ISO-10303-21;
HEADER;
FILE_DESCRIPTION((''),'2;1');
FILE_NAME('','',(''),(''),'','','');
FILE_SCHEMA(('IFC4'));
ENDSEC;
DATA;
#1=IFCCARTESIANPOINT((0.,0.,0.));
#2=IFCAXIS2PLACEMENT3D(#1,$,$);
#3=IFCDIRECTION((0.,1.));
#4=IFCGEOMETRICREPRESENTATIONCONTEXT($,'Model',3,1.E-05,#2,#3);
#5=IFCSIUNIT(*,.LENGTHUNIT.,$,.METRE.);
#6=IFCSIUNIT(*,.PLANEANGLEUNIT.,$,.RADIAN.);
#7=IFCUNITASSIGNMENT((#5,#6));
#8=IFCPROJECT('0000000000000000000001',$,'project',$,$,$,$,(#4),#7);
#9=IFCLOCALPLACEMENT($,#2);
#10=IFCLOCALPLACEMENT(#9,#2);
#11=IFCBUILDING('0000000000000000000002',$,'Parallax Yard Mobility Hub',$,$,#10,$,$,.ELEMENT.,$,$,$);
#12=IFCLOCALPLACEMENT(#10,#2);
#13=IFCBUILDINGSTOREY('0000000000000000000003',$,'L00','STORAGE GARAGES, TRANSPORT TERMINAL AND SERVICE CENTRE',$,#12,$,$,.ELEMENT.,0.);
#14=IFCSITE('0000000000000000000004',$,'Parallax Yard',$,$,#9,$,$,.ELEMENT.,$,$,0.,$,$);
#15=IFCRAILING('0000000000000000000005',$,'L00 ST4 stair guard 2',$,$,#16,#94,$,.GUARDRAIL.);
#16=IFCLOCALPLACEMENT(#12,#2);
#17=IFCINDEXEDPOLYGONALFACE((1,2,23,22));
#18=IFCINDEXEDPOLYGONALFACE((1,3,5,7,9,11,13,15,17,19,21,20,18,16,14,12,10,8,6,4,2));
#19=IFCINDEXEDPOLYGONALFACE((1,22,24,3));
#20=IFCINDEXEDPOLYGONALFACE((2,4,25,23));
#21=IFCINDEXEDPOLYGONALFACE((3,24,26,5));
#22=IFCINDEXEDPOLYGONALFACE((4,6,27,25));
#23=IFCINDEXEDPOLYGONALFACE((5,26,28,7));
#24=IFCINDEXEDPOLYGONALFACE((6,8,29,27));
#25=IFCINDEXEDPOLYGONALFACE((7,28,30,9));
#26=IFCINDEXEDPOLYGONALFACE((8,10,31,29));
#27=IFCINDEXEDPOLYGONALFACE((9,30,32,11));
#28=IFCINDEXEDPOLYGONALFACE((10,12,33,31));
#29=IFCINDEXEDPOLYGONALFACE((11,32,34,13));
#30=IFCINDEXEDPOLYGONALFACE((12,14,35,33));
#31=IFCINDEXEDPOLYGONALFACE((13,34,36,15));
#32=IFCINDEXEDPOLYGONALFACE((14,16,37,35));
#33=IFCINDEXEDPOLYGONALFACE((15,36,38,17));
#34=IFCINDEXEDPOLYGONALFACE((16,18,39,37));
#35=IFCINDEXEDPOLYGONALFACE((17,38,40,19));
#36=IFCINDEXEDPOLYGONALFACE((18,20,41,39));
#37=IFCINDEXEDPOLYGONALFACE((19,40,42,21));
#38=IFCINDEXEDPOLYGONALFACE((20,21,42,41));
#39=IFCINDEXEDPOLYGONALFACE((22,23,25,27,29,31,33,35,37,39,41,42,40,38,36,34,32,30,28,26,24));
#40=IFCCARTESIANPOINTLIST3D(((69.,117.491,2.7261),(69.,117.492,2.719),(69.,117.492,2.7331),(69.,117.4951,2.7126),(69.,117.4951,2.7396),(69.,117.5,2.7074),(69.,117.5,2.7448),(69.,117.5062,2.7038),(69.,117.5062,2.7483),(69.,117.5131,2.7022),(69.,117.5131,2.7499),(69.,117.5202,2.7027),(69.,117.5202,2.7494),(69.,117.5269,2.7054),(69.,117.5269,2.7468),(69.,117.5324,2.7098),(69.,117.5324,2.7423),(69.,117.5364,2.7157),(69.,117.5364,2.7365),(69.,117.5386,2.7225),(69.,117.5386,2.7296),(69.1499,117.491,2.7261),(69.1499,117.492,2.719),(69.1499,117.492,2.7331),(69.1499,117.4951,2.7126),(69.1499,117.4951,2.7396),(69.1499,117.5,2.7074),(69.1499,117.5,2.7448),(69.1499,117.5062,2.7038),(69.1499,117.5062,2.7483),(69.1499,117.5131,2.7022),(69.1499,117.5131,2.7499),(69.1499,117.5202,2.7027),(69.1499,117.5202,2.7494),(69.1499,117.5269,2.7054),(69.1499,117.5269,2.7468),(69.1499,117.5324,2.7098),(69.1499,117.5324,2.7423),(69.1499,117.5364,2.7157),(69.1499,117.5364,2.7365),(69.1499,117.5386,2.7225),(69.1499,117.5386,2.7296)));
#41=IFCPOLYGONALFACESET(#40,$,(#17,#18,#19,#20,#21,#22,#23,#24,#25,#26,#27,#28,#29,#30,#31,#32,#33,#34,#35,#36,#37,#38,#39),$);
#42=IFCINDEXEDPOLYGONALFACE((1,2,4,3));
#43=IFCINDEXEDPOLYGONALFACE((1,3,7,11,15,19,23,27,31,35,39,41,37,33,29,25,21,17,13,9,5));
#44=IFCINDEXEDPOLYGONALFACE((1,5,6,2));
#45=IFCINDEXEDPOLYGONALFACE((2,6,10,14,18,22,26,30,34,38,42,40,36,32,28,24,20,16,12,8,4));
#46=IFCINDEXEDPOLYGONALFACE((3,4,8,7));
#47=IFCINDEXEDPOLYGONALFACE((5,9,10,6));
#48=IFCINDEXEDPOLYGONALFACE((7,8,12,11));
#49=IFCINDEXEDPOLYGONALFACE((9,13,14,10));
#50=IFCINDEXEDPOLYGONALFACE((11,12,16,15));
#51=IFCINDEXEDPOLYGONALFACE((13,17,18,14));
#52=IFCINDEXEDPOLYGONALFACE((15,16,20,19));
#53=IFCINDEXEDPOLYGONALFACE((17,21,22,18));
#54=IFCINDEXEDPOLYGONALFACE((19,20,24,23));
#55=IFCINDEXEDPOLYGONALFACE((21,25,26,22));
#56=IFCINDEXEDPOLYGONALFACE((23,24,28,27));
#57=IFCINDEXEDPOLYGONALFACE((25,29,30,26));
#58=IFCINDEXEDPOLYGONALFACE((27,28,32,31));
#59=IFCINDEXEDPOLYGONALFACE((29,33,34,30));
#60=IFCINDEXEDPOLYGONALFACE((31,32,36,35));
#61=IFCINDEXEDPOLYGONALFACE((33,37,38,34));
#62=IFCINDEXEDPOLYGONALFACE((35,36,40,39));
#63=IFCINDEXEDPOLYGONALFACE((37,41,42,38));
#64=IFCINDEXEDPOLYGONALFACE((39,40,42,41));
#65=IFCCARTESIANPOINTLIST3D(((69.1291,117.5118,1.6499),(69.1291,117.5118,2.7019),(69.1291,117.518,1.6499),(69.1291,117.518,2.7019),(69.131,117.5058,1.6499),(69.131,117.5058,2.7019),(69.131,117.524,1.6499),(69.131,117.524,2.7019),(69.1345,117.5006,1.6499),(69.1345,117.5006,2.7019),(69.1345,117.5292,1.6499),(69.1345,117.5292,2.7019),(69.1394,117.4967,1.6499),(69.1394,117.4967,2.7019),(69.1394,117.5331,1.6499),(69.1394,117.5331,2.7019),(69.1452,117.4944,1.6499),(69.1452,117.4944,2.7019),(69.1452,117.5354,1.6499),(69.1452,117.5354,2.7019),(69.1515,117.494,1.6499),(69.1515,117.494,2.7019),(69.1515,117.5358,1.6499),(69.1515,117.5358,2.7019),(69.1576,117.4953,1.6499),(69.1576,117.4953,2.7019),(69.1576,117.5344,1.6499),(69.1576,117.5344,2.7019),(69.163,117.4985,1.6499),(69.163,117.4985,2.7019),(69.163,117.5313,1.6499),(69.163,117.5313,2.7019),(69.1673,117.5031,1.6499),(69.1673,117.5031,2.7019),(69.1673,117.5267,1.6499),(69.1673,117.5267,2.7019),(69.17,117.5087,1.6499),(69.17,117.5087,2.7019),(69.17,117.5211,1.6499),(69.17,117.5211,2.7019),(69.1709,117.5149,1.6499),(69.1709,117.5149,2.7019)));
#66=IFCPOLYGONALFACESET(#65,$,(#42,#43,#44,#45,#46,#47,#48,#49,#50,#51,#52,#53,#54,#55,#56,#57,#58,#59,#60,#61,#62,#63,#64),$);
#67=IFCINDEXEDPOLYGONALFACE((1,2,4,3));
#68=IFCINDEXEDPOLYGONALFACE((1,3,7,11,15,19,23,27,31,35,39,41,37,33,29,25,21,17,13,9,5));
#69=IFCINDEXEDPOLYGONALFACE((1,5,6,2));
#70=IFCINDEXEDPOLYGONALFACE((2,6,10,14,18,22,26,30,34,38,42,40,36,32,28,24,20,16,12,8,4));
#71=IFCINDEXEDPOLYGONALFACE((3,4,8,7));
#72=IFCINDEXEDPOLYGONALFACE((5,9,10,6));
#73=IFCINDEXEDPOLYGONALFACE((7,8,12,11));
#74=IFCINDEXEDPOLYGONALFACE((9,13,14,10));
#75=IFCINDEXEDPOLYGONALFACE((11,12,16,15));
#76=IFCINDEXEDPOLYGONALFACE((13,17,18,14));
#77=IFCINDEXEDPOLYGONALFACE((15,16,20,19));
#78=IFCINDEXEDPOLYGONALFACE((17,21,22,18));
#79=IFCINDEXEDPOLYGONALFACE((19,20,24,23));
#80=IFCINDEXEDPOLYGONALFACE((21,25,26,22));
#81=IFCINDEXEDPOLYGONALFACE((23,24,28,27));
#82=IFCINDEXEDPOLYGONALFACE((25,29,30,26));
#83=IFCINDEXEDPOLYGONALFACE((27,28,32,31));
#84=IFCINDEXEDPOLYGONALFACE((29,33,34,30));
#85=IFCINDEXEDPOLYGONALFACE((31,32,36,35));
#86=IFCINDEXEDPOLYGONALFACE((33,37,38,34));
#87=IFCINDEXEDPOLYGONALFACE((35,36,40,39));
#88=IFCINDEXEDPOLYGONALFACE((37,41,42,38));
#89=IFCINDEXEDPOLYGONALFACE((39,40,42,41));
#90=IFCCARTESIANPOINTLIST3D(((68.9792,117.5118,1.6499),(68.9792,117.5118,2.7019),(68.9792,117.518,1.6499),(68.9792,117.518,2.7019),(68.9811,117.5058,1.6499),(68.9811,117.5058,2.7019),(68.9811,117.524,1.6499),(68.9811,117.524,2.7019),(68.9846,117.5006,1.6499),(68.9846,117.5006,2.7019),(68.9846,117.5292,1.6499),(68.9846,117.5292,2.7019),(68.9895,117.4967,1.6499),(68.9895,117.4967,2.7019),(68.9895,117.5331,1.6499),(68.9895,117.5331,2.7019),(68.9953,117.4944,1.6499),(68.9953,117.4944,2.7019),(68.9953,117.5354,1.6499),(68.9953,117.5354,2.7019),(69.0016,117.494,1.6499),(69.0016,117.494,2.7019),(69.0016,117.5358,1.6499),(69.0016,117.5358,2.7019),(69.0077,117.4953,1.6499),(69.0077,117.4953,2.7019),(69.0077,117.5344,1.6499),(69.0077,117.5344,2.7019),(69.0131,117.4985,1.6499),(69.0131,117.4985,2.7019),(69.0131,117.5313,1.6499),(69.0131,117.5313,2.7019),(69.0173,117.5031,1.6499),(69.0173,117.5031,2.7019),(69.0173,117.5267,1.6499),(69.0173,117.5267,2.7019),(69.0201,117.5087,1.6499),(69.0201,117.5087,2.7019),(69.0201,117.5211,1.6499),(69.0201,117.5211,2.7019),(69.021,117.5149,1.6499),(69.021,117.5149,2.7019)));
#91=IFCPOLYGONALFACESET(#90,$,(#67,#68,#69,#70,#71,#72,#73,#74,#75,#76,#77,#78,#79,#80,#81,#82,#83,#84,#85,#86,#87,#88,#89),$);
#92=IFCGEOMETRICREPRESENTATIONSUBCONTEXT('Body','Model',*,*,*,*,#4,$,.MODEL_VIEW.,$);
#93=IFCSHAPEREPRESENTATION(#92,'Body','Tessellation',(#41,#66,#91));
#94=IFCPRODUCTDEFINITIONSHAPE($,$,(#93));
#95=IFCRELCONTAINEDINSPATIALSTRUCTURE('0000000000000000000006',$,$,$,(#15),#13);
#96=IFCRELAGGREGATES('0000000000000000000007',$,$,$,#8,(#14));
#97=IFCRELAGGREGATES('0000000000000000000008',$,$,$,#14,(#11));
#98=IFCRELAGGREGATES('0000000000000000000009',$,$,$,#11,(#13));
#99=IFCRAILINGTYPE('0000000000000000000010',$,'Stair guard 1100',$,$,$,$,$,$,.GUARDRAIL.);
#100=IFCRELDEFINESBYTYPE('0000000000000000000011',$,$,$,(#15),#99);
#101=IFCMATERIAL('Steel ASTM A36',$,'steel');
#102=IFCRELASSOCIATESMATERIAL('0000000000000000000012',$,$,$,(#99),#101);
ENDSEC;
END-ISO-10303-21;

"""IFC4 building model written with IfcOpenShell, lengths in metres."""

from ifc_helpers import new_model, si_unit, direction, frame, origin, origin_2d, place, context, subcontext, project, spatial, circle, extrude, material, type_object, element, save


model = new_model("IFC4")

# Units and contexts
model_context = context("Model", 3, precision=1e-05, world=origin(), true_north=direction((0.0, 1.0)))
body_context = subcontext(model_context, "Body", "Model", "MODEL_VIEW")
ifc_project = project(units=[si_unit("LENGTHUNIT", "METRE"), si_unit("PLANEANGLEUNIT", "RADIAN")], contexts=[model_context])

# Site, building, storey
site_placement = place(None, origin())
site = spatial("IfcSite", under=ifc_project, at=site_placement, Name="Parallax Yard", CompositionType="ELEMENT", RefElevation=0.0)
building_placement = place(site_placement, origin())
building = spatial("IfcBuilding", under=site, at=building_placement, Name="Parallax Yard Mobility Hub", CompositionType="ELEMENT")
storey_placement = place(building_placement, origin())
storey = spatial("IfcBuildingStorey", under=building, at=storey_placement, Name="L00", Description="STORAGE GARAGES, TRANSPORT TERMINAL AND SERVICE CENTRE", CompositionType="ELEMENT", Elevation=0.0)

# Railing
ifc_material_1 = material(Name="Steel ASTM A36", Category="steel")
railing_type_1 = type_object("IfcRailingType", Name="Stair guard 1100", PredefinedType="GUARDRAIL", material=ifc_material_1)
railing_1_placement = place(storey_placement, frame((69.1499, 117.5149, 1.6499)))
element("IfcRailing", 1, at=railing_1_placement, inside=storey, type_object=railing_type_1, Name="L00 ST4 stair guard 2", PredefinedType="GUARDRAIL", context=body_context, shape_type="SweptSolid", body=[
    extrude(circle(Radius=0.0239, at=origin_2d()), frame((0.0, 0.0, 1.0762), z_axis=(-1.0, 0.0, 0.0), x_axis=(0.0, -1.0, 0.0)), (0.0, 0.0, 1.0), 0.1499),
    extrude(circle(Radius=0.021, at=origin_2d()), origin(), (0.0, 0.0, 1.0), 1.052),
    extrude(circle(Radius=0.021, at=origin_2d()), frame((-0.1499, 0.0, 0.0)), (0.0, 0.0, 1.0), 1.052),
])

save(model, "model.ifc")
